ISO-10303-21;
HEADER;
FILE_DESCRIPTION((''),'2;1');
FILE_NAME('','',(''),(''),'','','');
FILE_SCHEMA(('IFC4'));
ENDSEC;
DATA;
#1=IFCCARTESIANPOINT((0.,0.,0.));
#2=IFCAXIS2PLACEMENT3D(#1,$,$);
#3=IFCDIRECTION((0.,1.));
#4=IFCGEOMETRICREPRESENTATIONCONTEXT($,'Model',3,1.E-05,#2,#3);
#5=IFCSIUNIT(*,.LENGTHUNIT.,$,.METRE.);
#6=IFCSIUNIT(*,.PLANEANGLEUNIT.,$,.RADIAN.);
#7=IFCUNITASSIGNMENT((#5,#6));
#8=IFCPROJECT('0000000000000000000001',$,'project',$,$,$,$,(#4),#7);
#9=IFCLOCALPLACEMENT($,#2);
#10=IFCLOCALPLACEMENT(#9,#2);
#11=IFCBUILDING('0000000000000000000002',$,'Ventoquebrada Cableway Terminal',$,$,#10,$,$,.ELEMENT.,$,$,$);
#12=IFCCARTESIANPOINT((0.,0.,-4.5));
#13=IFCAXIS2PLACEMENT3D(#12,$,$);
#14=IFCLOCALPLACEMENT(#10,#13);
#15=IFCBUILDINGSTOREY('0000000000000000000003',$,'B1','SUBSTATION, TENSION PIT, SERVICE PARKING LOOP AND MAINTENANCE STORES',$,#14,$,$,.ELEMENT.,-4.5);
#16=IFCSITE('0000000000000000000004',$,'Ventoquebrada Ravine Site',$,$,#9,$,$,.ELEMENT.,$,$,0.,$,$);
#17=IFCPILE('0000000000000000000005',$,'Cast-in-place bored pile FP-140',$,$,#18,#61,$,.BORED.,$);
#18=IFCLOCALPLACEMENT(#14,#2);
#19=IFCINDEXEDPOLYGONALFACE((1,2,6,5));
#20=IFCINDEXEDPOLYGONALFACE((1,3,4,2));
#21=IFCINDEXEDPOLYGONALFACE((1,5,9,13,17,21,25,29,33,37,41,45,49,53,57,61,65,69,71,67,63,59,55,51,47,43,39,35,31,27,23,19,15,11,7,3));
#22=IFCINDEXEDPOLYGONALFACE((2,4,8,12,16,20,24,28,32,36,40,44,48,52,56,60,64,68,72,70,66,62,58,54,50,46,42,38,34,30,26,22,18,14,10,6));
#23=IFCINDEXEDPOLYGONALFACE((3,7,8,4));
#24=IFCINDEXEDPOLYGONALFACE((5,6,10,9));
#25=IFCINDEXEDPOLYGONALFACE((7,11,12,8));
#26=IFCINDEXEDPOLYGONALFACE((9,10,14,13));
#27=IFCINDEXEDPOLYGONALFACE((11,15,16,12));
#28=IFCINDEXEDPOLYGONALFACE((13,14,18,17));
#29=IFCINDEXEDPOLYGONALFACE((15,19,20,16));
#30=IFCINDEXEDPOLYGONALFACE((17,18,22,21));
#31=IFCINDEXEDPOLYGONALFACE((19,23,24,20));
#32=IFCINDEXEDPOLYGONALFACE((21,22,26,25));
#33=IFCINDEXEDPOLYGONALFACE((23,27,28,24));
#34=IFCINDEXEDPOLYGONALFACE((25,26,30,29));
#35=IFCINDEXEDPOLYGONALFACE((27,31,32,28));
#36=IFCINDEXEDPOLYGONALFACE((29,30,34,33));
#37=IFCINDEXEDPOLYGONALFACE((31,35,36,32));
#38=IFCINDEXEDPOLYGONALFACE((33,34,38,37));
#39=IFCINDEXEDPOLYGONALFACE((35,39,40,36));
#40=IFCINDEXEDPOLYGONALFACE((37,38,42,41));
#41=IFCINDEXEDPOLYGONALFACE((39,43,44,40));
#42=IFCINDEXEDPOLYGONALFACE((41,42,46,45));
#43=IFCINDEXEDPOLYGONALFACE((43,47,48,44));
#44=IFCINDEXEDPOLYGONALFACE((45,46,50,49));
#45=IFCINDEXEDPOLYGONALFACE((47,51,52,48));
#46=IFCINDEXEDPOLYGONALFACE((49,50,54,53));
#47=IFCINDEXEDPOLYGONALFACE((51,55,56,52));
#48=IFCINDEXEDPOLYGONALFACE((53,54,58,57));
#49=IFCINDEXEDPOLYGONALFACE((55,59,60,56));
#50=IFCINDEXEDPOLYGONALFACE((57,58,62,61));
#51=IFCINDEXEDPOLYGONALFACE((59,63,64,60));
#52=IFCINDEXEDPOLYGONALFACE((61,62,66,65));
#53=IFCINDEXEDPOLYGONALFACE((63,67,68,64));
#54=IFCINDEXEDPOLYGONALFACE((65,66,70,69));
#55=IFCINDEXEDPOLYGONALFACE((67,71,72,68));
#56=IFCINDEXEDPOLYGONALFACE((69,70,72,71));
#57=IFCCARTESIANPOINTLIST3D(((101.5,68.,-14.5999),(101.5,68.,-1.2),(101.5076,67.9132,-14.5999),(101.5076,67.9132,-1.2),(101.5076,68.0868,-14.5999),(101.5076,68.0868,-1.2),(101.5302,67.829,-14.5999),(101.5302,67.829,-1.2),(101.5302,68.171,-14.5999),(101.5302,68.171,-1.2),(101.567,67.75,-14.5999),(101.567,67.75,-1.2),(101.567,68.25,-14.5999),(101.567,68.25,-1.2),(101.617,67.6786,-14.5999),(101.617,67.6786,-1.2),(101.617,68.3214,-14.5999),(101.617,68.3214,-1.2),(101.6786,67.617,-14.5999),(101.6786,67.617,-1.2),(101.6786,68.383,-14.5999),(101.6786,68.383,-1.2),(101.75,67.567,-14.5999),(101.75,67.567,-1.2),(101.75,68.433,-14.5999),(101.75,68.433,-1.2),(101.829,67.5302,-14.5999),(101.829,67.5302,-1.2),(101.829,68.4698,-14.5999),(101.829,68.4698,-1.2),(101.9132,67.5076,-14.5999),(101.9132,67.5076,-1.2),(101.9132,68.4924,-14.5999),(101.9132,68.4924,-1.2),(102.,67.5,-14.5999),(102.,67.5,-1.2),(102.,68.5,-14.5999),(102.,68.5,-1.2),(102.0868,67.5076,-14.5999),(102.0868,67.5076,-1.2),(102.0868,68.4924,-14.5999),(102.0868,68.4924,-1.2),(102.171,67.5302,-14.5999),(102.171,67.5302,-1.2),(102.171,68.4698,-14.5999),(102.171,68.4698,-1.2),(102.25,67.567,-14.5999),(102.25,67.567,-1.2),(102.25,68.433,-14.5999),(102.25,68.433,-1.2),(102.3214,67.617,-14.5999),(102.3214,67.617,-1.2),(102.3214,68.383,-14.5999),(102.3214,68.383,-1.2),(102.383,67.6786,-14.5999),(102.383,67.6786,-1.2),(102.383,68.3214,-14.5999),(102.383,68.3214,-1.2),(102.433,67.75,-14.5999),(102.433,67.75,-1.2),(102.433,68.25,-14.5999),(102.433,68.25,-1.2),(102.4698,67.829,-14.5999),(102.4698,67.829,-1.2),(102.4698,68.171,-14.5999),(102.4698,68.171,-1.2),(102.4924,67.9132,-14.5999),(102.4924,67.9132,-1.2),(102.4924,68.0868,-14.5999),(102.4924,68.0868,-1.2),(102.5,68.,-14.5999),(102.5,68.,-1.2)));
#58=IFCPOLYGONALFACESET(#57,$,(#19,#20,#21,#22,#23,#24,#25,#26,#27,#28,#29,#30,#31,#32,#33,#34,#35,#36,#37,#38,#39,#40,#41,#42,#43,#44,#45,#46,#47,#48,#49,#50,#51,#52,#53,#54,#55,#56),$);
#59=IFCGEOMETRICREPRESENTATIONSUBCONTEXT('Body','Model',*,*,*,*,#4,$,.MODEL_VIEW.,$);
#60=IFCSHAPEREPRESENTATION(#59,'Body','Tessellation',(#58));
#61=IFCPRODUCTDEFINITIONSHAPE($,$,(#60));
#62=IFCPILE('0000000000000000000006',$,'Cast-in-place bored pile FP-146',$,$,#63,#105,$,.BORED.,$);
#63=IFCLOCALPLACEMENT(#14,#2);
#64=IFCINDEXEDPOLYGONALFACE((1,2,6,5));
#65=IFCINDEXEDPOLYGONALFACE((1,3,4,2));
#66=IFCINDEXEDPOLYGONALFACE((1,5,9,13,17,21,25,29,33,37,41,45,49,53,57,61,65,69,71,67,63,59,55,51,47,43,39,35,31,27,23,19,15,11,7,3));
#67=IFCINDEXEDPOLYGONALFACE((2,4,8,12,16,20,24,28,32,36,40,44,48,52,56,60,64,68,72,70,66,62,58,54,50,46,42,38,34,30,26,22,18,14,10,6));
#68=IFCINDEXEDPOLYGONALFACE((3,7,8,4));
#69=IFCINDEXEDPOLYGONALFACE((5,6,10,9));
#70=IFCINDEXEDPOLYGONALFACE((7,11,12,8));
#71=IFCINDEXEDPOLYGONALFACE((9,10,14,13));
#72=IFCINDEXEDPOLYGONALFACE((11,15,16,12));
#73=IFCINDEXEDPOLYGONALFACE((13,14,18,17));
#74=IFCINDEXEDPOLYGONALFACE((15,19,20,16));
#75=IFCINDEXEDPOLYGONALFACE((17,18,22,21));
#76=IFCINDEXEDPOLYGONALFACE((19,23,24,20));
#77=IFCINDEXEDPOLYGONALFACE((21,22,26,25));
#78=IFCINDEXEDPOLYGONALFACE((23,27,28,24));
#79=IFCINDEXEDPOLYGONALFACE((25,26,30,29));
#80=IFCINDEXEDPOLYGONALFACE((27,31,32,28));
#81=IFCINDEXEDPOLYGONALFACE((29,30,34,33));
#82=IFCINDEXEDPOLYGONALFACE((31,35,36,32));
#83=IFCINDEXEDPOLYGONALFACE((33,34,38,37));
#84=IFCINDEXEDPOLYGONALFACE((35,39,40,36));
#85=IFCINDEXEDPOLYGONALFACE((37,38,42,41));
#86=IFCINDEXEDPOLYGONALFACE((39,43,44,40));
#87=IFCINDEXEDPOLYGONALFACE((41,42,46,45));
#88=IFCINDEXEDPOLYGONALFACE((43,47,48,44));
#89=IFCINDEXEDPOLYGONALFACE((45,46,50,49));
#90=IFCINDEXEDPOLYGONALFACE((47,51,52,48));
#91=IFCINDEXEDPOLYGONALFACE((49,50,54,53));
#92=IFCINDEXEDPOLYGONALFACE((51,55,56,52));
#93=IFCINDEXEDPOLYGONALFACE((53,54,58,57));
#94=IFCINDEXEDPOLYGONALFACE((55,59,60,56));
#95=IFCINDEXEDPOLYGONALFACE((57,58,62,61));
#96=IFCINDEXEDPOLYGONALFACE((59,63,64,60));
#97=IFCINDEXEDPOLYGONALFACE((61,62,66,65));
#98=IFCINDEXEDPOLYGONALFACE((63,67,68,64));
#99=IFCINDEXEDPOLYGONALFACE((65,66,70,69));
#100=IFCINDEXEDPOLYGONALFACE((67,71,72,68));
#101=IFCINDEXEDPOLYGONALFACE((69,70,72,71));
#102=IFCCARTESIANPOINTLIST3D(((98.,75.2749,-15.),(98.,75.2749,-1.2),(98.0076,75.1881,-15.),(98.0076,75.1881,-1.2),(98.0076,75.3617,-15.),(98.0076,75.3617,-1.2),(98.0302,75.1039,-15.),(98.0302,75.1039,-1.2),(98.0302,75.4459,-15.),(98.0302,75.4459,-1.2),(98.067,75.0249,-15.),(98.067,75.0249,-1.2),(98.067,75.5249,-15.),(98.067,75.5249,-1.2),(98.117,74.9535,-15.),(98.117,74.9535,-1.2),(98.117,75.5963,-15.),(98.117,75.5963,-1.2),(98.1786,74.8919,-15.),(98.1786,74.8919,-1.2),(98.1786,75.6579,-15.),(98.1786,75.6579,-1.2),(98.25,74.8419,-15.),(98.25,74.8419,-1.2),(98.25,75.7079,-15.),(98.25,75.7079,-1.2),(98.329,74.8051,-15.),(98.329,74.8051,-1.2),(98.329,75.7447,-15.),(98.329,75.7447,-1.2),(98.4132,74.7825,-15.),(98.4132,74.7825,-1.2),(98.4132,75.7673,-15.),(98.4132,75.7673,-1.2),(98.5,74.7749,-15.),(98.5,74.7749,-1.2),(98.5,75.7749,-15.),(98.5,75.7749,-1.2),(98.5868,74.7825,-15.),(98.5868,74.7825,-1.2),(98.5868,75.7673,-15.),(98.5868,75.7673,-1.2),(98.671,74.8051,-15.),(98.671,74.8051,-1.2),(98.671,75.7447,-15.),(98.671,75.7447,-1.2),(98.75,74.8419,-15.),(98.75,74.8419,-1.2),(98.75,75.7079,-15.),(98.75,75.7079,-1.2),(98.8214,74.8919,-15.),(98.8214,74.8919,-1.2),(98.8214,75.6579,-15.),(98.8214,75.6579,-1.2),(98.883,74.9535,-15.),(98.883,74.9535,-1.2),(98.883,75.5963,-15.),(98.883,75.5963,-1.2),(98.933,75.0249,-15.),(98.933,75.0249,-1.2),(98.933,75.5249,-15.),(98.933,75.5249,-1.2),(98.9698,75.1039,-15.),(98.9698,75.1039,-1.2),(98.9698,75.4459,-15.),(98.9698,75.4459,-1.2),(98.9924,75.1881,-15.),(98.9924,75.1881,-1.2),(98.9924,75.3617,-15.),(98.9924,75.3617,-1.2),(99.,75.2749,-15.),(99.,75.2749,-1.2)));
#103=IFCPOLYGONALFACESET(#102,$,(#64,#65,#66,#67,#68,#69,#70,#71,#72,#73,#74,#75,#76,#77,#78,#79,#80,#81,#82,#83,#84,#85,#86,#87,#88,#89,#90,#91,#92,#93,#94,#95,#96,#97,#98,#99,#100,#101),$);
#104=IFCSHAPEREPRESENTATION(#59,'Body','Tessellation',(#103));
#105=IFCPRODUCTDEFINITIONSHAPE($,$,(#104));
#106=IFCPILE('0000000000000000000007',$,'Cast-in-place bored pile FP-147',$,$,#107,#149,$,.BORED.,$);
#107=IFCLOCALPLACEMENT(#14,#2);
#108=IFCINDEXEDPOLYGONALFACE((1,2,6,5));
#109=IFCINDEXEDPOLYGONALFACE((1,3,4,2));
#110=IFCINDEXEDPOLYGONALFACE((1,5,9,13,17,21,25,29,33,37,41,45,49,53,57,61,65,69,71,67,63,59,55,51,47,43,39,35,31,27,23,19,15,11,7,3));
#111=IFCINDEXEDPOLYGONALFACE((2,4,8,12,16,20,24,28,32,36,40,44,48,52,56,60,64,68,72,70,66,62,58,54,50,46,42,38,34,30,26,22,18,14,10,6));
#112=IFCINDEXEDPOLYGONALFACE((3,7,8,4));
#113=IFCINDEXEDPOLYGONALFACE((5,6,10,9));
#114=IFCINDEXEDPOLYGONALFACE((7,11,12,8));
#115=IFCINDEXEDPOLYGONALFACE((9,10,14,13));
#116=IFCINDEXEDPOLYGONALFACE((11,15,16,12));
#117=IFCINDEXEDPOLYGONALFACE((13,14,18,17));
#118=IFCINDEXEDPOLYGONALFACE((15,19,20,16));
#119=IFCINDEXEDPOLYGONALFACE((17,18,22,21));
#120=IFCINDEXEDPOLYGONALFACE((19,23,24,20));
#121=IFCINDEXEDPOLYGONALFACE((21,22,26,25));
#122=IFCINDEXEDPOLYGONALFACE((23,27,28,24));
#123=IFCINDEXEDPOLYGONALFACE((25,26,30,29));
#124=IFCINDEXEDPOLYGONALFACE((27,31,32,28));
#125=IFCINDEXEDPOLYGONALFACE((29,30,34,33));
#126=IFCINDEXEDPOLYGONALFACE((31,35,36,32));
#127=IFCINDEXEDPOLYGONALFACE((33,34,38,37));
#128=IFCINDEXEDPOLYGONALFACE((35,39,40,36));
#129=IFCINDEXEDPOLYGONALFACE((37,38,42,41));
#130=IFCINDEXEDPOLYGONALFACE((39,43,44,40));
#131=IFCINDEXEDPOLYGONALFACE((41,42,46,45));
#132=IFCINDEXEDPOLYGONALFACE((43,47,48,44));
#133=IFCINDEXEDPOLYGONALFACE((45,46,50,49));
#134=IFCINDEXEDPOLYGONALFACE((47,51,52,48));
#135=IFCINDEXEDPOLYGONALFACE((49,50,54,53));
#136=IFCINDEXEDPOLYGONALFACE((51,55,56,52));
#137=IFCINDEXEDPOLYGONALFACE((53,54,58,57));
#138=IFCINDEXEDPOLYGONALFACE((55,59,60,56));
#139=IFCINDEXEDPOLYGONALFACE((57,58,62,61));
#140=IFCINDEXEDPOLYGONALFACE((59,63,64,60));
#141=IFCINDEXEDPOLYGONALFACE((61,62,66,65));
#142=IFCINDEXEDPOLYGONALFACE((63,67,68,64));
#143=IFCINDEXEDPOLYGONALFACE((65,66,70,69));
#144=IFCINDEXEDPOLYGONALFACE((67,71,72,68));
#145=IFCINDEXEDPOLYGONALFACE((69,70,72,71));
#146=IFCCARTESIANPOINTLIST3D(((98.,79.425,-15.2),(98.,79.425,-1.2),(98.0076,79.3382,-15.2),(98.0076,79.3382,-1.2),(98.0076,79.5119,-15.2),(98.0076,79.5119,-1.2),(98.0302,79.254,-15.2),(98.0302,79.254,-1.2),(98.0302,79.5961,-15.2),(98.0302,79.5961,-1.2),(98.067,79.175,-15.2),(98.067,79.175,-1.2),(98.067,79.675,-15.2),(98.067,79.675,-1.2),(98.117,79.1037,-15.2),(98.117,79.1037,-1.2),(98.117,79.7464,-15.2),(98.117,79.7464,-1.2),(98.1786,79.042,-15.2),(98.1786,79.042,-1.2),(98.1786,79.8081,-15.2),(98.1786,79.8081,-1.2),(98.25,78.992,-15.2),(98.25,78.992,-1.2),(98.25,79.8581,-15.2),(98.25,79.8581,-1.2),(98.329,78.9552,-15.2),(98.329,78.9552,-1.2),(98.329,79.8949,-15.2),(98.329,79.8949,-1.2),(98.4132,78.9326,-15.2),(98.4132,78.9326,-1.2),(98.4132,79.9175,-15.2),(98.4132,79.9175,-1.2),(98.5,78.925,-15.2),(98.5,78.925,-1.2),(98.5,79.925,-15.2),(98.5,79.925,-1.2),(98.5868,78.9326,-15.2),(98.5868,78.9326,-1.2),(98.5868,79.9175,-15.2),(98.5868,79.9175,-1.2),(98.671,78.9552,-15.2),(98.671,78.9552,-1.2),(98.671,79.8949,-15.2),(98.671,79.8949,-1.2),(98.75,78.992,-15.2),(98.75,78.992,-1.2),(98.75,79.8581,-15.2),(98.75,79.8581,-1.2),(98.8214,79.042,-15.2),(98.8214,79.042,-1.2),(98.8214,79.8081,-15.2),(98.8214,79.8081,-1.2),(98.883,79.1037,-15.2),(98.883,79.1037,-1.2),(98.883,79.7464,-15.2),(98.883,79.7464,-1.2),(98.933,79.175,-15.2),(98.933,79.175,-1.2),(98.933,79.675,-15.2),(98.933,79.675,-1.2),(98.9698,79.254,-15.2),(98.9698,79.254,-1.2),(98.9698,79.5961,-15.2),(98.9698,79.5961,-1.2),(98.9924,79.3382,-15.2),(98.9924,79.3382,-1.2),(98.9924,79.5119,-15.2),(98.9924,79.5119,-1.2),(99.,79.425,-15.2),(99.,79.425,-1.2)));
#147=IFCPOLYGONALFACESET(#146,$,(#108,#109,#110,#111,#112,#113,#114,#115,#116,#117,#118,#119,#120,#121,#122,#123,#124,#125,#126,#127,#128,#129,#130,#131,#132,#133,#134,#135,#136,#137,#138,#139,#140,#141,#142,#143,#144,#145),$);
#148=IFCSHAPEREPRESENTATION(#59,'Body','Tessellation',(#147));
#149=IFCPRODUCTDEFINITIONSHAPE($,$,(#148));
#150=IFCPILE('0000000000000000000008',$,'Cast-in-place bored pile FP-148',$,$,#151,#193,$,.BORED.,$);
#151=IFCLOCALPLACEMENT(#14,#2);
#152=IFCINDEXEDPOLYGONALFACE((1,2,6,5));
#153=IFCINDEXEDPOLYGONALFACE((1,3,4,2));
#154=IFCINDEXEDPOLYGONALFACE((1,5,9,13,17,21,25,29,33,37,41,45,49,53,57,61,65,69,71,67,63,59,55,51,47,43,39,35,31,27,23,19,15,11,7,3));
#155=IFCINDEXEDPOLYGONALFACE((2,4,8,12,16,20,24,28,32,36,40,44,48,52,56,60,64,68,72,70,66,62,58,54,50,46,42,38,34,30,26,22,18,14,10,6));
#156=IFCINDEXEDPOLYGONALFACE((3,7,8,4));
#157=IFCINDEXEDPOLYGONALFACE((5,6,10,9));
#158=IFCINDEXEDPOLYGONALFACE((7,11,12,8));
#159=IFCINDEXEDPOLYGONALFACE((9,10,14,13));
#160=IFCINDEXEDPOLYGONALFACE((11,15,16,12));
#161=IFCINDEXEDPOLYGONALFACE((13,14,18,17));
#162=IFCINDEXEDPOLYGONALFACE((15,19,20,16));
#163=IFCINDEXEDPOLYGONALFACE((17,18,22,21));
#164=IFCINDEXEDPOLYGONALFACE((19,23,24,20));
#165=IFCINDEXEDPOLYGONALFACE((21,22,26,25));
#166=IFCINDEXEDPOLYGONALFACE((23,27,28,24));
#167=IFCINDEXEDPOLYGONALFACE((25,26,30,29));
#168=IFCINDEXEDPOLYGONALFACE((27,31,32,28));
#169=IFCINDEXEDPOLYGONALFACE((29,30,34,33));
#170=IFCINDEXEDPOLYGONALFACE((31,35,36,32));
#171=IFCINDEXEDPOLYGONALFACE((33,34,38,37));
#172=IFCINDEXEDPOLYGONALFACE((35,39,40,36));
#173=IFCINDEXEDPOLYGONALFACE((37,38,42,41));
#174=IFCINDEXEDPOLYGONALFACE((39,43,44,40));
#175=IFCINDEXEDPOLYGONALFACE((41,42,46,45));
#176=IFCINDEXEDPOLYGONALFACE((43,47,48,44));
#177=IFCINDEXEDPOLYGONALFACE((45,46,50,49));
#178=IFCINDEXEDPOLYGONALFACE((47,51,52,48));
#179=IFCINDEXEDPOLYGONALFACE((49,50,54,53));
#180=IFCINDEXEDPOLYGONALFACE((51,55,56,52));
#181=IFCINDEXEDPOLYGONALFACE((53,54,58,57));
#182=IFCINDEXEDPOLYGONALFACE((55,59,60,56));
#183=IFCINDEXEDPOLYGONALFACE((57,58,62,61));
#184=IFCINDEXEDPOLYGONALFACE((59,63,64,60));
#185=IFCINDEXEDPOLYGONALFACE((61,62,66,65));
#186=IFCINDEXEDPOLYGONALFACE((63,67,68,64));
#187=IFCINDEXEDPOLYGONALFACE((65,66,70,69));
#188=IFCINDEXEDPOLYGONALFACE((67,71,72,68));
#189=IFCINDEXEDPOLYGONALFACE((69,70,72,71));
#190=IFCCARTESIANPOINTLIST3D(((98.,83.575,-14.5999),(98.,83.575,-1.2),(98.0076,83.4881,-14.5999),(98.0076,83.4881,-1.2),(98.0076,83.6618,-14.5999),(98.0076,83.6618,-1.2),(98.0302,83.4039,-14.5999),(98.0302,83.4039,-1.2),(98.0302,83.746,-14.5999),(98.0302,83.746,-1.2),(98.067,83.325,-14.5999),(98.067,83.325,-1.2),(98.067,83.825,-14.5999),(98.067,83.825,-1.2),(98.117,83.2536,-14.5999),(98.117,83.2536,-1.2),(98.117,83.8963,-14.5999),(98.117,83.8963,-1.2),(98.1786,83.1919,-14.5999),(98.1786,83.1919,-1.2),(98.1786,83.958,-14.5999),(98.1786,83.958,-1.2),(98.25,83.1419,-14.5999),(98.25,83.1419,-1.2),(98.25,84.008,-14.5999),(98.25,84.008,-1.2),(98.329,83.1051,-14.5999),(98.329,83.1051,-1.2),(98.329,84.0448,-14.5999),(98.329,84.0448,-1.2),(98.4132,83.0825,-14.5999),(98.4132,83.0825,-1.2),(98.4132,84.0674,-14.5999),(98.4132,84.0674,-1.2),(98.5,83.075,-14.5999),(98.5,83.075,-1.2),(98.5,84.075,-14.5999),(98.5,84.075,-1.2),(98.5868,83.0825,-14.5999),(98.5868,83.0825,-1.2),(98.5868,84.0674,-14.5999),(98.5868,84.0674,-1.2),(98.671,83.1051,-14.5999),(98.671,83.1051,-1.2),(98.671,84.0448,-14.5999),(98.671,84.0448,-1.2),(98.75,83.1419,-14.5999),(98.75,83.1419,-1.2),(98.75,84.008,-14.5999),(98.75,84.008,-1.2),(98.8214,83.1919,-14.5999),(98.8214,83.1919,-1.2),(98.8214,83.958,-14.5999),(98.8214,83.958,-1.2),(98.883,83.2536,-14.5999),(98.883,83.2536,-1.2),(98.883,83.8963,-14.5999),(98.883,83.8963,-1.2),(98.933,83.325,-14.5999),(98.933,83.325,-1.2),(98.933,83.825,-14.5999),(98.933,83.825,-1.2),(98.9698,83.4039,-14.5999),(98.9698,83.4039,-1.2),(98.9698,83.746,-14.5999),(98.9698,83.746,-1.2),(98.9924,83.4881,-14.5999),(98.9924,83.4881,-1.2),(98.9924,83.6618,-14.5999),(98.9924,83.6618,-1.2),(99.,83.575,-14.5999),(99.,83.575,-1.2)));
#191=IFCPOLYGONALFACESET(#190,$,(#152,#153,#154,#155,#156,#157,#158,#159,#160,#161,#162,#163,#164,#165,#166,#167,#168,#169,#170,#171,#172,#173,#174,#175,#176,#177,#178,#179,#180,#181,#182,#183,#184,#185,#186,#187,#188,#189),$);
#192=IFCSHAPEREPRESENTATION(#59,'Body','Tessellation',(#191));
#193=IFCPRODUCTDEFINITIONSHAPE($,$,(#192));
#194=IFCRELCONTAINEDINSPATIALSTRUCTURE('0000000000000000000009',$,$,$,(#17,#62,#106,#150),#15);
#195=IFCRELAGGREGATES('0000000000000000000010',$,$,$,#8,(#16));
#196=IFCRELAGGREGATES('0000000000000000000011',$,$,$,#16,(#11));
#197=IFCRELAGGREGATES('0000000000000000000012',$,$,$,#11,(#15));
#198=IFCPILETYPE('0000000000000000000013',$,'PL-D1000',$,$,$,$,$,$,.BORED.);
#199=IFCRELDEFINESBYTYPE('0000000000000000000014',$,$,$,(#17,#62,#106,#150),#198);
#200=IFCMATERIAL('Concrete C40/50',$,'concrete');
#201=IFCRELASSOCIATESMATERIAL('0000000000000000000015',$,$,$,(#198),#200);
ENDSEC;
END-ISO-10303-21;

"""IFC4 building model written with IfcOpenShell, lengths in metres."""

from ifc_helpers import new_model, si_unit, direction, frame, origin, origin_2d, place, context, subcontext, project, spatial, circle, extrude, material, material_profile, profile_set, type_object, element, save


model = new_model("IFC4")

# Units and contexts
model_context = context("Model", 3, precision=1e-05, world=origin(), true_north=direction((0.0, 1.0)))
body_context = subcontext(model_context, "Body", "Model", "MODEL_VIEW")
ifc_project = project(units=[si_unit("LENGTHUNIT", "METRE"), si_unit("PLANEANGLEUNIT", "RADIAN")], contexts=[model_context])

# Site, building, storey
site_placement = place(None, origin())
site = spatial("IfcSite", under=ifc_project, at=site_placement, Name="Ventoquebrada Ravine Site", CompositionType="ELEMENT", RefElevation=0.0)
building_placement = place(site_placement, origin())
building = spatial("IfcBuilding", under=site, at=building_placement, Name="Ventoquebrada Cableway Terminal", CompositionType="ELEMENT")
storey_placement = place(building_placement, frame((0.0, 0.0, -4.5)))
storey = spatial("IfcBuildingStorey", under=building, at=storey_placement, Name="B1", Description="SUBSTATION, TENSION PIT, SERVICE PARKING LOOP AND MAINTENANCE STORES", CompositionType="ELEMENT", Elevation=-4.5)

# Shared definitions
ifc_material_1 = material(Name="Concrete C40/50", Category="concrete")

# Piles
ifc_material_profile_1 = material_profile(ifc_material_1, circle(Radius=0.5, at=origin_2d()), Name="PILE-D1000")
ifc_profile_set_1 = profile_set([ifc_material_profile_1], Name="Concrete C40/50")
pile_type = type_object("IfcPileType", Name="PL-D1000", PredefinedType="BORED", material=ifc_profile_set_1)
pile_1_placement = place(storey_placement, frame((102.0, 68.0, -1.2), z_axis=(0.0, 0.0, -1.0), x_axis=(1.0, 0.0, 0.0)))
element("IfcPile", 1, at=pile_1_placement, inside=storey, type_object=pile_type, Name="Cast-in-place bored pile FP-140", PredefinedType="BORED", context=body_context, shape_type="SweptSolid", body=[
    extrude(circle(Radius=0.5, at=origin_2d()), origin(), (0.0, 0.0, 1.0), 13.3999),
])
pile_2_placement = place(storey_placement, frame((98.5, 75.2749, -1.2), z_axis=(0.0, 0.0, -1.0), x_axis=(1.0, 0.0, 0.0)))
element("IfcPile", 2, at=pile_2_placement, inside=storey, type_object=pile_type, Name="Cast-in-place bored pile FP-146", PredefinedType="BORED", context=body_context, shape_type="SweptSolid", body=[
    extrude(circle(Radius=0.5, at=origin_2d()), origin(), (0.0, 0.0, 1.0), 13.8),
])
pile_3_placement = place(storey_placement, frame((98.5, 79.425, -1.2), z_axis=(0.0, 0.0, -1.0), x_axis=(1.0, 0.0, 0.0)))
element("IfcPile", 3, at=pile_3_placement, inside=storey, type_object=pile_type, Name="Cast-in-place bored pile FP-147", PredefinedType="BORED", context=body_context, shape_type="SweptSolid", body=[
    extrude(circle(Radius=0.5, at=origin_2d()), origin(), (0.0, 0.0, 1.0), 14.0),
])
pile_4_placement = place(storey_placement, frame((98.5, 83.575, -1.2), z_axis=(0.0, 0.0, -1.0), x_axis=(1.0, 0.0, 0.0)))
element("IfcPile", 4, at=pile_4_placement, inside=storey, type_object=pile_type, Name="Cast-in-place bored pile FP-148", PredefinedType="BORED", context=body_context, shape_type="SweptSolid", body=[
    extrude(circle(Radius=0.5, at=origin_2d()), origin(), (0.0, 0.0, 1.0), 13.3999),
])

save(model, "model.ifc")
